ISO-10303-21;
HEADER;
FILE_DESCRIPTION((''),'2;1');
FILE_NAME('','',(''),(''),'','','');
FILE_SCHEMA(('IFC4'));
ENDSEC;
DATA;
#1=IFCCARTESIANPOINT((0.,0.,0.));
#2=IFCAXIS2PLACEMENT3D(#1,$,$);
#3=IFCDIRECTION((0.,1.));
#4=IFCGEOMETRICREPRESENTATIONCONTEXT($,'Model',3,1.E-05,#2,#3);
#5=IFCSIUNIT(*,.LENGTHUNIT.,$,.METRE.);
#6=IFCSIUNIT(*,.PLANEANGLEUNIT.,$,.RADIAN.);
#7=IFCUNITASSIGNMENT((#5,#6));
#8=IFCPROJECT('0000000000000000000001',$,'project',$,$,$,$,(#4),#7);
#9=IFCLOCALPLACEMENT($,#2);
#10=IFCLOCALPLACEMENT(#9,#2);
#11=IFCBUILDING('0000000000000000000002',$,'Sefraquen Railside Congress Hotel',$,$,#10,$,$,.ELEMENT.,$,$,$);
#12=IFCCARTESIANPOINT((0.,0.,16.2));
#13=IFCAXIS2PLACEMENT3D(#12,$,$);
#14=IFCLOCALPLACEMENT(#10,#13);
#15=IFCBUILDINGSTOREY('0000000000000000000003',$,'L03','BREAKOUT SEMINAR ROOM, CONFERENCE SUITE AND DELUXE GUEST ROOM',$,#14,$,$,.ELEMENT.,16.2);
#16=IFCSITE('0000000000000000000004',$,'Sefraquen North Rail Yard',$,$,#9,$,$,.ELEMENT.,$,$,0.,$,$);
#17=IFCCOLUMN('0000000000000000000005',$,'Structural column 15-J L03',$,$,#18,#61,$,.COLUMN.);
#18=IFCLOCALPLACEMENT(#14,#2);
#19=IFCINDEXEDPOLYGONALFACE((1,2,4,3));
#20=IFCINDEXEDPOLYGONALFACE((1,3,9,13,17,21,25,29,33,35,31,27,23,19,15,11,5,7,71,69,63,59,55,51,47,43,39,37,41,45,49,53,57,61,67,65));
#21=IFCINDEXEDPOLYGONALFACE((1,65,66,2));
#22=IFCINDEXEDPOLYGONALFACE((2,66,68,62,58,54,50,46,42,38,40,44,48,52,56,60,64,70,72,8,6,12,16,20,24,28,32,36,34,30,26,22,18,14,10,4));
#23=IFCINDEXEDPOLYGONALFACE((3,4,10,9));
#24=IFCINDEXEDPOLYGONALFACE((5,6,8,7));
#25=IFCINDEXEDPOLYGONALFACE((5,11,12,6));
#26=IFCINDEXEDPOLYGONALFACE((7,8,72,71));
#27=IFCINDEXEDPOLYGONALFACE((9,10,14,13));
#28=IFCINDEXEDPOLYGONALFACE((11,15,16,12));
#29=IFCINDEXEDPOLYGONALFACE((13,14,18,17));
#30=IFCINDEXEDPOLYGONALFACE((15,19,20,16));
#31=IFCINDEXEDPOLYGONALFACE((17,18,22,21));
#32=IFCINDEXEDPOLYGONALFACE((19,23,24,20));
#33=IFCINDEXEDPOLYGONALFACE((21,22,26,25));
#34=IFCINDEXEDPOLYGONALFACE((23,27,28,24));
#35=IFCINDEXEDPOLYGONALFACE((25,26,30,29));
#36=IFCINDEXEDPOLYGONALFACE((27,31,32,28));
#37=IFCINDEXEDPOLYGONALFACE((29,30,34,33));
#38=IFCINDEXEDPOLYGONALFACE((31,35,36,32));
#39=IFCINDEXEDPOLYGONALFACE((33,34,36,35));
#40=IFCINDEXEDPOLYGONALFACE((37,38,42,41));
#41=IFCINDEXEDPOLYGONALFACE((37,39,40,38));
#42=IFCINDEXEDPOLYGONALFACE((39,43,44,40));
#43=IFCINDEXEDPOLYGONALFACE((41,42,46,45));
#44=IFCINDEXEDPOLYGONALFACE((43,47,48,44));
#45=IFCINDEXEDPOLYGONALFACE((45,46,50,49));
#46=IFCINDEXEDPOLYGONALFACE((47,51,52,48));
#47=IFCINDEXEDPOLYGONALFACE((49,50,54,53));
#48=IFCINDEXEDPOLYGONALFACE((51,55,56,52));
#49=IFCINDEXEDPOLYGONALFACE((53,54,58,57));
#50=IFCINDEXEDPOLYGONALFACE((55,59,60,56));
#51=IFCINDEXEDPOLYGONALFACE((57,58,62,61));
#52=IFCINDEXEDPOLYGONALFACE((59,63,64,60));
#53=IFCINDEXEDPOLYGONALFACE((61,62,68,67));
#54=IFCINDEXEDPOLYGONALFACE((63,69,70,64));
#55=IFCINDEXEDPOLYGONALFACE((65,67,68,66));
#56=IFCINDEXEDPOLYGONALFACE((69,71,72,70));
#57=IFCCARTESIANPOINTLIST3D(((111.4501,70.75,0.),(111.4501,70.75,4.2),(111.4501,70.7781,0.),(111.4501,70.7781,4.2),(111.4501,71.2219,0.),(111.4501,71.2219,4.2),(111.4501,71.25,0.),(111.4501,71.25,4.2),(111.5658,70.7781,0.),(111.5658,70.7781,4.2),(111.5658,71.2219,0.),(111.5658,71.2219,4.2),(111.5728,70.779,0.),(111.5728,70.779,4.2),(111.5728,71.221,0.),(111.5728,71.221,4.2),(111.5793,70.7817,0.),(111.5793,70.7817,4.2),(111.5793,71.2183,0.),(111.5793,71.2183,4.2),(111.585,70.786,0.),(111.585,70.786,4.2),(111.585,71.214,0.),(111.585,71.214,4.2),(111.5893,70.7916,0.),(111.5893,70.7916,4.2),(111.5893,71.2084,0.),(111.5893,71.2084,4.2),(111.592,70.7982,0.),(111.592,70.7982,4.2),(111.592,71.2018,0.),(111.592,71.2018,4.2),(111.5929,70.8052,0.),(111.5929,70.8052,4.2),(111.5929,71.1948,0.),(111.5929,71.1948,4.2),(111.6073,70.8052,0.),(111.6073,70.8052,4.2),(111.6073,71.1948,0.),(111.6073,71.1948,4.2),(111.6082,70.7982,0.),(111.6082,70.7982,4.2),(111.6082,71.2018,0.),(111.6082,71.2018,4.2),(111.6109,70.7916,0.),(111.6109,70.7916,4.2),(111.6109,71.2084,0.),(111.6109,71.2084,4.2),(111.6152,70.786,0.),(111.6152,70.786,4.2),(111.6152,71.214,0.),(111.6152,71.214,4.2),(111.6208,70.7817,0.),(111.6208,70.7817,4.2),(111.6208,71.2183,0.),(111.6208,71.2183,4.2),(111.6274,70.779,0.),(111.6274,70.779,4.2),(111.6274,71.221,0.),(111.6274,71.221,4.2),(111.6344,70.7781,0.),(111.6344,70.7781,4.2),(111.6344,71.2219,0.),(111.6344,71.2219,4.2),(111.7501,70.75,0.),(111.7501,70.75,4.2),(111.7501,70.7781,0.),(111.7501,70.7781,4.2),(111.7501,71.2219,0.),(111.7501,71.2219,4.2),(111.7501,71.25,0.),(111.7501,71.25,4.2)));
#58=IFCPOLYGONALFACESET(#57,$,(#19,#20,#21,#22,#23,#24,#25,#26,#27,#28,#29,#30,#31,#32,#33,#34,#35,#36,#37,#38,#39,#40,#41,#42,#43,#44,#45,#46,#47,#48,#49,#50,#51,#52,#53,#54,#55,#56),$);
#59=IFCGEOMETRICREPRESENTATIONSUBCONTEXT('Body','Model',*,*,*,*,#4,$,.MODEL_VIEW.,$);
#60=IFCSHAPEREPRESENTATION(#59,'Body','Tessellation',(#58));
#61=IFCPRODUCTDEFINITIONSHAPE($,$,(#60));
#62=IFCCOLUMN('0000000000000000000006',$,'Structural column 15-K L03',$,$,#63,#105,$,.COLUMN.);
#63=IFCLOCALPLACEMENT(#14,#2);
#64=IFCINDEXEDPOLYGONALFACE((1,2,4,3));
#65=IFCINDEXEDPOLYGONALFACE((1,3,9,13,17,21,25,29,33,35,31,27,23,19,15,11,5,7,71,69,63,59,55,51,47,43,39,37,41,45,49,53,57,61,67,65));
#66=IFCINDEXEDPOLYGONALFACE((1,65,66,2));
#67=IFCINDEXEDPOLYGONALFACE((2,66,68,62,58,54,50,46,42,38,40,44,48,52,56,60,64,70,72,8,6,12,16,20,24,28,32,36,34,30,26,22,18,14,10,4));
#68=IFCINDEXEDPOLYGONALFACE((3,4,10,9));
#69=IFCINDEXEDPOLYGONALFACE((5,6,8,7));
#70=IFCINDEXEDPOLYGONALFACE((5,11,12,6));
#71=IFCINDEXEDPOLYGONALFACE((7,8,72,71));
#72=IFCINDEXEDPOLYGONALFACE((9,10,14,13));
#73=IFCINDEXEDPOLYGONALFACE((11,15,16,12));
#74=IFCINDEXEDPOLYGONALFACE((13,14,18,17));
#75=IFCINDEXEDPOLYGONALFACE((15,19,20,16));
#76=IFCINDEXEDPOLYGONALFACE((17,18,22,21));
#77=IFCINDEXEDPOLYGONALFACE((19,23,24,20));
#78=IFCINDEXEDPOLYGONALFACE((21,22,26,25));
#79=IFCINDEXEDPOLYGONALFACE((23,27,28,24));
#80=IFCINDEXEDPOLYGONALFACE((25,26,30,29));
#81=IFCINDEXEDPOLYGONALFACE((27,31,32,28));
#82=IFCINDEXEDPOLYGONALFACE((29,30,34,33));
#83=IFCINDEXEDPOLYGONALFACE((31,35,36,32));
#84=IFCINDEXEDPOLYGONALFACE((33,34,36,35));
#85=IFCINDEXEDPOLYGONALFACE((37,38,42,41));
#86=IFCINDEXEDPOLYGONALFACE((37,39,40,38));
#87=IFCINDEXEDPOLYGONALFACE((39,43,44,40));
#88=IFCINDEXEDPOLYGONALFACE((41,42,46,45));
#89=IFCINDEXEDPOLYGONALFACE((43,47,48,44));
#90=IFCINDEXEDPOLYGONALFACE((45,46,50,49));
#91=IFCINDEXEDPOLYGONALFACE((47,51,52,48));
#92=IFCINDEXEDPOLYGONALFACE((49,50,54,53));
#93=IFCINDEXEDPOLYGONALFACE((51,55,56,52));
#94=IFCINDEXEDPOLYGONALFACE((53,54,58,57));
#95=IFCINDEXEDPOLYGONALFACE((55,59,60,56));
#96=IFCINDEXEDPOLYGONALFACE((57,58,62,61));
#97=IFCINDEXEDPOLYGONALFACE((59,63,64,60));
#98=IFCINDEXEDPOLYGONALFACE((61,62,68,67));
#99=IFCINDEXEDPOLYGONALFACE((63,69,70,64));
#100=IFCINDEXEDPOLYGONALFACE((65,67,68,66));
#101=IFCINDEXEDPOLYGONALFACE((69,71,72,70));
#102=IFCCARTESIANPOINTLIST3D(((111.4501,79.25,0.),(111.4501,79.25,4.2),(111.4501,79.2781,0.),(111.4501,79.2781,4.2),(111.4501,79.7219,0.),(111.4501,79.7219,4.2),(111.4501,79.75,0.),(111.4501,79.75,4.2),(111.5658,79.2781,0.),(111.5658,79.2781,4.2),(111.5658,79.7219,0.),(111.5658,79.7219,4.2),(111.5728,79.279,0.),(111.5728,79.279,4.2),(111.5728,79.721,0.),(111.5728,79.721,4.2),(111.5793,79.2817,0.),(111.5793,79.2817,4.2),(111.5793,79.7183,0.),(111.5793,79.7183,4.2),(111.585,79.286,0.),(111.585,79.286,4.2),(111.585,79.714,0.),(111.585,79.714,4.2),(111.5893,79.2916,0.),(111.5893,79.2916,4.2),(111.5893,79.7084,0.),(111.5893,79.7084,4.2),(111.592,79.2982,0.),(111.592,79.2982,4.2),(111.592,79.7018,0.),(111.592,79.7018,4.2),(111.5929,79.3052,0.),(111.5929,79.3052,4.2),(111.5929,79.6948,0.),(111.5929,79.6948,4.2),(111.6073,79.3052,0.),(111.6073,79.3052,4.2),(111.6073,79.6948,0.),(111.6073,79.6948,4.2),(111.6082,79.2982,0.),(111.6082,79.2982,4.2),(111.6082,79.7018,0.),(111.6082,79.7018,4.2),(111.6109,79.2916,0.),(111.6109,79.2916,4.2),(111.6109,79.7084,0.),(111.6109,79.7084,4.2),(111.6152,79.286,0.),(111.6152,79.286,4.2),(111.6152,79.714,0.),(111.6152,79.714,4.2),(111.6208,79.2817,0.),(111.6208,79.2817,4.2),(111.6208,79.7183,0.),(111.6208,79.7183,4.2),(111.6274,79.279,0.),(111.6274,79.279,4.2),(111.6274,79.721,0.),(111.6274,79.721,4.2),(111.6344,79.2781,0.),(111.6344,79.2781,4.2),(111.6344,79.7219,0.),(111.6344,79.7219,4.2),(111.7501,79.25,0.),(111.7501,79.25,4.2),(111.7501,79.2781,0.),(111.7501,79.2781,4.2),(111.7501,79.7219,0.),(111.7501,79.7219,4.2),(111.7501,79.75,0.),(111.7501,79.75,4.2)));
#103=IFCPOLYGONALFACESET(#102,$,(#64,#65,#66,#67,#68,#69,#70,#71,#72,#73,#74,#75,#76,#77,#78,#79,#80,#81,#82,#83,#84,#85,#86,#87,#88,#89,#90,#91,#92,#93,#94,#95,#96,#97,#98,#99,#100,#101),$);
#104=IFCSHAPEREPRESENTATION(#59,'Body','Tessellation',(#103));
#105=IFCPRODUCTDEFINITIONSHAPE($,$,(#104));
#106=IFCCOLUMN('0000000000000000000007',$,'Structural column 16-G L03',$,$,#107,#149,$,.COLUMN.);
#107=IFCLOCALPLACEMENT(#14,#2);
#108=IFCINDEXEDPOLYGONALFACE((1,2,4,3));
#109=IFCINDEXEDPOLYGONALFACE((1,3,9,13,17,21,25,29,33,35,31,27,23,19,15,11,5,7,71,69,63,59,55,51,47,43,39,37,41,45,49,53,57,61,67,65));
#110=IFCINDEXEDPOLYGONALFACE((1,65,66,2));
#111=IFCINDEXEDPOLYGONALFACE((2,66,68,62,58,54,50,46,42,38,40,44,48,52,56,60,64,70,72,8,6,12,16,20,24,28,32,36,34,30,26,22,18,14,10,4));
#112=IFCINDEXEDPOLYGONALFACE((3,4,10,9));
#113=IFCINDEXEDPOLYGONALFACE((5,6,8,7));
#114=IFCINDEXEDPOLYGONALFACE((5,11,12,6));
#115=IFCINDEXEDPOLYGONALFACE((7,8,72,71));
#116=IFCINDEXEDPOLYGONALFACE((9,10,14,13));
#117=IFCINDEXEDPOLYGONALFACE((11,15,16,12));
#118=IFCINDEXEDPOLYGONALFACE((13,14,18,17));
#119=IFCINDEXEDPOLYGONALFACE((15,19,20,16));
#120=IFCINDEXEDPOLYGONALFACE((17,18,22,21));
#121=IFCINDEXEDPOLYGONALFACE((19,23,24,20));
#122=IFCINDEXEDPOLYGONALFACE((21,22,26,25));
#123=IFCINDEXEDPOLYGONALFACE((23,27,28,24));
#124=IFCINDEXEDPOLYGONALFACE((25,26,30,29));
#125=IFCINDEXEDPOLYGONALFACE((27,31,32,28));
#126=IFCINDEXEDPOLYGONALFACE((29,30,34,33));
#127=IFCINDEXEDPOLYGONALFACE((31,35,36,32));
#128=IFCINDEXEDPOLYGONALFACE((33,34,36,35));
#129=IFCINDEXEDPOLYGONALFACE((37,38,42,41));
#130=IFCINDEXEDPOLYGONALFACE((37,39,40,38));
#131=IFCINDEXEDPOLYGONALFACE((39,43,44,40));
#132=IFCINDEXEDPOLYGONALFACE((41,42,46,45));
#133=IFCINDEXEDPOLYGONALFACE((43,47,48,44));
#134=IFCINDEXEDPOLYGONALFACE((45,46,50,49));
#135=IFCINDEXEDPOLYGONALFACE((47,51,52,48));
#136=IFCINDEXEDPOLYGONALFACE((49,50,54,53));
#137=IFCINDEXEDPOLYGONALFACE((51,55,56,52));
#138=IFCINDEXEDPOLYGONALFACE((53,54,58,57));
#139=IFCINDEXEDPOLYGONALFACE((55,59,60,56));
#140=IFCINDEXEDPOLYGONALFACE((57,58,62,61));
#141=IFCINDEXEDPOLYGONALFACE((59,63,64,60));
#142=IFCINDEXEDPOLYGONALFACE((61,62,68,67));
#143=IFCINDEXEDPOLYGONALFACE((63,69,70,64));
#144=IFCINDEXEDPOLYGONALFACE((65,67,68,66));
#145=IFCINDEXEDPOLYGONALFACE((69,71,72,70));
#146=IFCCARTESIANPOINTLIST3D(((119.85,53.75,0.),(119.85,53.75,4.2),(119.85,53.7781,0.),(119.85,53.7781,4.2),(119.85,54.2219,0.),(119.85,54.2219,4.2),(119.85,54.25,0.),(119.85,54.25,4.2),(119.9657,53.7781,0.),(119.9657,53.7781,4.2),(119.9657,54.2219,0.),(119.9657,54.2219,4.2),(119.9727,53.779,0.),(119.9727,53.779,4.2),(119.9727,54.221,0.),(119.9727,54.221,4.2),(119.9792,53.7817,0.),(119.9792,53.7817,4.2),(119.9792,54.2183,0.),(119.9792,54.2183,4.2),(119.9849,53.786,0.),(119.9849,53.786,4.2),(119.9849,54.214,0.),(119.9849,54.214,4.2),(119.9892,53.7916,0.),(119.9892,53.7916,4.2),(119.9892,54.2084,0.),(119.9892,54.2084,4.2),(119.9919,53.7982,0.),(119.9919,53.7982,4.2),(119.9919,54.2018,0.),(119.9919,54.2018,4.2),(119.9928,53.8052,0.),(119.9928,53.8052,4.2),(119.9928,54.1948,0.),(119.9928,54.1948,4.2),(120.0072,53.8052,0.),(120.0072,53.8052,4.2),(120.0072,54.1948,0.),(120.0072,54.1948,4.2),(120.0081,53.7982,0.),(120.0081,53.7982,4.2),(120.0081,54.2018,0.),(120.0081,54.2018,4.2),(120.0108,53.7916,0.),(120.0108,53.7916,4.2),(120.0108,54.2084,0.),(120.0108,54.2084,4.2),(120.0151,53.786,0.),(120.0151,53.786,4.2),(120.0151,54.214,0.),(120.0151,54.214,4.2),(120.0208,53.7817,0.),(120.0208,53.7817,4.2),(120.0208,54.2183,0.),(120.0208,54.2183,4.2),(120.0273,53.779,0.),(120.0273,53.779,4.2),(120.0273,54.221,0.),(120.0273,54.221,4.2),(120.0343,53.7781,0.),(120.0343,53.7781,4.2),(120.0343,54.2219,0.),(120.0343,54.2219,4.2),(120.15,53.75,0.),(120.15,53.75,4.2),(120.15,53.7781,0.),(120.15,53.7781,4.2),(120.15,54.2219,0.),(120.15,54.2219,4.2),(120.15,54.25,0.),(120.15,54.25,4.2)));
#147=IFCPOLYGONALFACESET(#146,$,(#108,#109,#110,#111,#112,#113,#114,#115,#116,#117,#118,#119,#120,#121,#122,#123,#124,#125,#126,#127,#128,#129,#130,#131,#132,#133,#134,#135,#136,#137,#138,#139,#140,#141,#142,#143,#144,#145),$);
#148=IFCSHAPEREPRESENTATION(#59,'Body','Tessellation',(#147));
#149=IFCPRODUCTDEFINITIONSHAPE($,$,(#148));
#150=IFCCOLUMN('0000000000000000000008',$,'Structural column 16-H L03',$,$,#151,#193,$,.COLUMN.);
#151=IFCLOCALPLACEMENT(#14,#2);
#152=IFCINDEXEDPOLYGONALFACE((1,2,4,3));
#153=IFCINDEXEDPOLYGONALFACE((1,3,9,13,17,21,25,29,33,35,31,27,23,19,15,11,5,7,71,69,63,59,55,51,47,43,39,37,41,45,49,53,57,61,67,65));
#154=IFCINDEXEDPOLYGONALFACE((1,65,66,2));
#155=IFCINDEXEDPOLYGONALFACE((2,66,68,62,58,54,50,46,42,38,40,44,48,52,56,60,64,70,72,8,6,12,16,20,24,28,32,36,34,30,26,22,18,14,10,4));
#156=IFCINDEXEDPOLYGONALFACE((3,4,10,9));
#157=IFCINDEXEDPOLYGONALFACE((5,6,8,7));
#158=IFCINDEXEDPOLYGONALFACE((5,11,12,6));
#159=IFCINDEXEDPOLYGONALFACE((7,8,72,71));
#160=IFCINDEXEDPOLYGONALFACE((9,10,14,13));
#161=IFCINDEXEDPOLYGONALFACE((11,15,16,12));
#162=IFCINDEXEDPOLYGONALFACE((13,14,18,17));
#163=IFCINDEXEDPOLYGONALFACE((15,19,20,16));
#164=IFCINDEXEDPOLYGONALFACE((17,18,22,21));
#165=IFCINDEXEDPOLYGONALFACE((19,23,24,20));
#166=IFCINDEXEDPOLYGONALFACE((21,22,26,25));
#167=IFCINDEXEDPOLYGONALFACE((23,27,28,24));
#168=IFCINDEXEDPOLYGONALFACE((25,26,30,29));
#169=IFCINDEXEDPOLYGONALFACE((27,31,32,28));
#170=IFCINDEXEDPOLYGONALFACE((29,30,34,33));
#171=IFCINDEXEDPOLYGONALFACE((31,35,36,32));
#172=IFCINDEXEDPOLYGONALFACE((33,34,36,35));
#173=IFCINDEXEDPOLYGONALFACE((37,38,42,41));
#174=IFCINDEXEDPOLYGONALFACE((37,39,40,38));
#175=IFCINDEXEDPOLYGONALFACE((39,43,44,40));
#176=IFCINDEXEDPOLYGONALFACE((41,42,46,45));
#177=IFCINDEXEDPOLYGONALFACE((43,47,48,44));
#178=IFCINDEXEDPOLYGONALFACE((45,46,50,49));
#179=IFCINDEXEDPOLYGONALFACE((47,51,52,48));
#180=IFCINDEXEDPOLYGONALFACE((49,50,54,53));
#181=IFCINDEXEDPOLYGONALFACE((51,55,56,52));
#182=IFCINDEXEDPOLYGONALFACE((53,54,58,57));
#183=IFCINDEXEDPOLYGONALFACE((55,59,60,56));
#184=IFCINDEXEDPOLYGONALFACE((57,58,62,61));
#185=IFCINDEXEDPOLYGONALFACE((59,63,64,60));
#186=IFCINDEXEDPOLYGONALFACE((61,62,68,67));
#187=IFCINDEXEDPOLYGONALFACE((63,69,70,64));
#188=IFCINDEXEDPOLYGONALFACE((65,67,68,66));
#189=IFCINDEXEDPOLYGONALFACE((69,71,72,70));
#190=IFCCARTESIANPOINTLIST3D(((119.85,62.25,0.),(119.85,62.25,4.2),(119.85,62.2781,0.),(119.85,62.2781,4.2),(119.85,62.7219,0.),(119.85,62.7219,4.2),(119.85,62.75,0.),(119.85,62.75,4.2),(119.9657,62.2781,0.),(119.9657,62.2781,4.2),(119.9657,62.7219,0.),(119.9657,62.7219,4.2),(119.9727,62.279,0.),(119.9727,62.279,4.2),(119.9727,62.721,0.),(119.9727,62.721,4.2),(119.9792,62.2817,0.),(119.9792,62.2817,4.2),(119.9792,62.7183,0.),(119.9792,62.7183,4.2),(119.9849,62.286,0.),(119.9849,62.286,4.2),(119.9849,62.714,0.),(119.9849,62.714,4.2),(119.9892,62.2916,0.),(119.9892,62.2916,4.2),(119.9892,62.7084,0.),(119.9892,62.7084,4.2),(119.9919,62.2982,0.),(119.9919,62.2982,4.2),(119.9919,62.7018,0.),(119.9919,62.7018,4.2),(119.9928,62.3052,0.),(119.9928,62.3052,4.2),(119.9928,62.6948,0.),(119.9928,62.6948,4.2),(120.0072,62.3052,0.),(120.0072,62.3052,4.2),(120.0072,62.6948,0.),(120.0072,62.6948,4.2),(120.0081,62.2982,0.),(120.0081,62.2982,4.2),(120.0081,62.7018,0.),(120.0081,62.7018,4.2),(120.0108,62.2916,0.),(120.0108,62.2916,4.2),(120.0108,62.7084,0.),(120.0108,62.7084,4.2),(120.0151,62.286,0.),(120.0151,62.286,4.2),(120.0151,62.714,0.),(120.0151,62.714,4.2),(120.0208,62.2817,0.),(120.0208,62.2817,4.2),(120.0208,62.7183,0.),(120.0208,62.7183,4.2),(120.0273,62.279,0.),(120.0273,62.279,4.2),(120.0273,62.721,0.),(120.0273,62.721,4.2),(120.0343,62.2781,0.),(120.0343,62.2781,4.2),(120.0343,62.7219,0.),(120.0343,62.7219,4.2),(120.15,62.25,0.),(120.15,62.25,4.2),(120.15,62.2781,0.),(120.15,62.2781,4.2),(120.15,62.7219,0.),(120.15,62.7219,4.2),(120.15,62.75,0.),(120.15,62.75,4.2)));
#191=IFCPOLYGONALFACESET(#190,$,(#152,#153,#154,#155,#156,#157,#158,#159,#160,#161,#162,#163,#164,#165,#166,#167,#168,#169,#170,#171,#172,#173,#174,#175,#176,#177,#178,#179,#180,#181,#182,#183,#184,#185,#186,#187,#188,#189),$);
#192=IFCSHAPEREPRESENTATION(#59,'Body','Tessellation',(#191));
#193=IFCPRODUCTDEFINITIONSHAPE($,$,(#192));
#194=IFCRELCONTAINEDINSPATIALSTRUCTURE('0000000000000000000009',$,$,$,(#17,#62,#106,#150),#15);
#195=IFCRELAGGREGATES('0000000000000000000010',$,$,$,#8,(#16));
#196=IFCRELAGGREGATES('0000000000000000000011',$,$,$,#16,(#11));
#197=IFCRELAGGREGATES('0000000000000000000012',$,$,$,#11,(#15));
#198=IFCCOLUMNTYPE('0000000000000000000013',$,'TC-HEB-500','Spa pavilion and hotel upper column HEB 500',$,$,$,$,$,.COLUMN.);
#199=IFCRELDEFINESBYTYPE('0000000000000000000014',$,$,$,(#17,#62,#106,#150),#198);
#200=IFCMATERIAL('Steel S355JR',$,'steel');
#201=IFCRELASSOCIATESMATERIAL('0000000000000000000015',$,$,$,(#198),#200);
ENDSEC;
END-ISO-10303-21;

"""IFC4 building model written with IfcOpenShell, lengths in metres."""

from ifc_helpers import new_model, si_unit, direction, frame, origin, origin_2d, place, context, subcontext, project, spatial, i_section, extrude, material, material_profile, profile_set, type_object, element, save


model = new_model("IFC4")

# Units and contexts
model_context = context("Model", 3, precision=1e-05, world=origin(), true_north=direction((0.0, 1.0)))
body_context = subcontext(model_context, "Body", "Model", "MODEL_VIEW")
ifc_project = project(units=[si_unit("LENGTHUNIT", "METRE"), si_unit("PLANEANGLEUNIT", "RADIAN")], contexts=[model_context])

# Site, building, storey
site_placement = place(None, origin())
site = spatial("IfcSite", under=ifc_project, at=site_placement, Name="Sefraquen North Rail Yard", CompositionType="ELEMENT", RefElevation=0.0)
building_placement = place(site_placement, origin())
building = spatial("IfcBuilding", under=site, at=building_placement, Name="Sefraquen Railside Congress Hotel", CompositionType="ELEMENT")
storey_placement = place(building_placement, frame((0.0, 0.0, 16.2)))
storey = spatial("IfcBuildingStorey", under=building, at=storey_placement, Name="L03", Description="BREAKOUT SEMINAR ROOM, CONFERENCE SUITE AND DELUXE GUEST ROOM", CompositionType="ELEMENT", Elevation=16.2)

# Columns
ifc_material_1 = material(Name="Steel S355JR", Category="steel")
ifc_material_profile_1 = material_profile(ifc_material_1, i_section(OverallWidth=0.3, OverallDepth=0.5, WebThickness=0.0144, FlangeThickness=0.0281, FilletRadius=0.0271, at=origin_2d()), Name="HEB 500")
ifc_profile_set_1 = profile_set([ifc_material_profile_1], Name="Steel S355JR")
column_type = type_object("IfcColumnType", Name="TC-HEB-500", Description="Spa pavilion and hotel upper column HEB 500", PredefinedType="COLUMN", material=ifc_profile_set_1)
for number, where, z_axis, x_axis, name in (
    (1, (111.6001, 71.0, 0.0), (0.0, 0.0, 1.0), (1.0, 0.0, 0.0), "Structural column 15-J L03"),
    (2, (111.6001, 79.5, 0.0), (0.0, 0.0, 1.0), (1.0, 0.0, 0.0), "Structural column 15-K L03"),
    (3, (120.0, 54.0, 0.0), (0.0, 0.0, 1.0), (1.0, 0.0, 0.0), "Structural column 16-G L03"),
    (4, (120.0, 62.5, 0.0), (0.0, 0.0, 1.0), (1.0, 0.0, 0.0), "Structural column 16-H L03"),
):
    element("IfcColumn", number, at=place(storey_placement, frame(where, z_axis=z_axis, x_axis=x_axis)), inside=storey, type_object=column_type, Name=name, PredefinedType="COLUMN", context=body_context, shape_type="SweptSolid", body=[
        extrude(i_section(OverallWidth=0.3, OverallDepth=0.5, WebThickness=0.0144, FlangeThickness=0.0281, FilletRadius=0.0271, at=origin_2d()), origin(), (0.0, 0.0, 1.0), 4.2),
    ])

save(model, "model.ifc")
